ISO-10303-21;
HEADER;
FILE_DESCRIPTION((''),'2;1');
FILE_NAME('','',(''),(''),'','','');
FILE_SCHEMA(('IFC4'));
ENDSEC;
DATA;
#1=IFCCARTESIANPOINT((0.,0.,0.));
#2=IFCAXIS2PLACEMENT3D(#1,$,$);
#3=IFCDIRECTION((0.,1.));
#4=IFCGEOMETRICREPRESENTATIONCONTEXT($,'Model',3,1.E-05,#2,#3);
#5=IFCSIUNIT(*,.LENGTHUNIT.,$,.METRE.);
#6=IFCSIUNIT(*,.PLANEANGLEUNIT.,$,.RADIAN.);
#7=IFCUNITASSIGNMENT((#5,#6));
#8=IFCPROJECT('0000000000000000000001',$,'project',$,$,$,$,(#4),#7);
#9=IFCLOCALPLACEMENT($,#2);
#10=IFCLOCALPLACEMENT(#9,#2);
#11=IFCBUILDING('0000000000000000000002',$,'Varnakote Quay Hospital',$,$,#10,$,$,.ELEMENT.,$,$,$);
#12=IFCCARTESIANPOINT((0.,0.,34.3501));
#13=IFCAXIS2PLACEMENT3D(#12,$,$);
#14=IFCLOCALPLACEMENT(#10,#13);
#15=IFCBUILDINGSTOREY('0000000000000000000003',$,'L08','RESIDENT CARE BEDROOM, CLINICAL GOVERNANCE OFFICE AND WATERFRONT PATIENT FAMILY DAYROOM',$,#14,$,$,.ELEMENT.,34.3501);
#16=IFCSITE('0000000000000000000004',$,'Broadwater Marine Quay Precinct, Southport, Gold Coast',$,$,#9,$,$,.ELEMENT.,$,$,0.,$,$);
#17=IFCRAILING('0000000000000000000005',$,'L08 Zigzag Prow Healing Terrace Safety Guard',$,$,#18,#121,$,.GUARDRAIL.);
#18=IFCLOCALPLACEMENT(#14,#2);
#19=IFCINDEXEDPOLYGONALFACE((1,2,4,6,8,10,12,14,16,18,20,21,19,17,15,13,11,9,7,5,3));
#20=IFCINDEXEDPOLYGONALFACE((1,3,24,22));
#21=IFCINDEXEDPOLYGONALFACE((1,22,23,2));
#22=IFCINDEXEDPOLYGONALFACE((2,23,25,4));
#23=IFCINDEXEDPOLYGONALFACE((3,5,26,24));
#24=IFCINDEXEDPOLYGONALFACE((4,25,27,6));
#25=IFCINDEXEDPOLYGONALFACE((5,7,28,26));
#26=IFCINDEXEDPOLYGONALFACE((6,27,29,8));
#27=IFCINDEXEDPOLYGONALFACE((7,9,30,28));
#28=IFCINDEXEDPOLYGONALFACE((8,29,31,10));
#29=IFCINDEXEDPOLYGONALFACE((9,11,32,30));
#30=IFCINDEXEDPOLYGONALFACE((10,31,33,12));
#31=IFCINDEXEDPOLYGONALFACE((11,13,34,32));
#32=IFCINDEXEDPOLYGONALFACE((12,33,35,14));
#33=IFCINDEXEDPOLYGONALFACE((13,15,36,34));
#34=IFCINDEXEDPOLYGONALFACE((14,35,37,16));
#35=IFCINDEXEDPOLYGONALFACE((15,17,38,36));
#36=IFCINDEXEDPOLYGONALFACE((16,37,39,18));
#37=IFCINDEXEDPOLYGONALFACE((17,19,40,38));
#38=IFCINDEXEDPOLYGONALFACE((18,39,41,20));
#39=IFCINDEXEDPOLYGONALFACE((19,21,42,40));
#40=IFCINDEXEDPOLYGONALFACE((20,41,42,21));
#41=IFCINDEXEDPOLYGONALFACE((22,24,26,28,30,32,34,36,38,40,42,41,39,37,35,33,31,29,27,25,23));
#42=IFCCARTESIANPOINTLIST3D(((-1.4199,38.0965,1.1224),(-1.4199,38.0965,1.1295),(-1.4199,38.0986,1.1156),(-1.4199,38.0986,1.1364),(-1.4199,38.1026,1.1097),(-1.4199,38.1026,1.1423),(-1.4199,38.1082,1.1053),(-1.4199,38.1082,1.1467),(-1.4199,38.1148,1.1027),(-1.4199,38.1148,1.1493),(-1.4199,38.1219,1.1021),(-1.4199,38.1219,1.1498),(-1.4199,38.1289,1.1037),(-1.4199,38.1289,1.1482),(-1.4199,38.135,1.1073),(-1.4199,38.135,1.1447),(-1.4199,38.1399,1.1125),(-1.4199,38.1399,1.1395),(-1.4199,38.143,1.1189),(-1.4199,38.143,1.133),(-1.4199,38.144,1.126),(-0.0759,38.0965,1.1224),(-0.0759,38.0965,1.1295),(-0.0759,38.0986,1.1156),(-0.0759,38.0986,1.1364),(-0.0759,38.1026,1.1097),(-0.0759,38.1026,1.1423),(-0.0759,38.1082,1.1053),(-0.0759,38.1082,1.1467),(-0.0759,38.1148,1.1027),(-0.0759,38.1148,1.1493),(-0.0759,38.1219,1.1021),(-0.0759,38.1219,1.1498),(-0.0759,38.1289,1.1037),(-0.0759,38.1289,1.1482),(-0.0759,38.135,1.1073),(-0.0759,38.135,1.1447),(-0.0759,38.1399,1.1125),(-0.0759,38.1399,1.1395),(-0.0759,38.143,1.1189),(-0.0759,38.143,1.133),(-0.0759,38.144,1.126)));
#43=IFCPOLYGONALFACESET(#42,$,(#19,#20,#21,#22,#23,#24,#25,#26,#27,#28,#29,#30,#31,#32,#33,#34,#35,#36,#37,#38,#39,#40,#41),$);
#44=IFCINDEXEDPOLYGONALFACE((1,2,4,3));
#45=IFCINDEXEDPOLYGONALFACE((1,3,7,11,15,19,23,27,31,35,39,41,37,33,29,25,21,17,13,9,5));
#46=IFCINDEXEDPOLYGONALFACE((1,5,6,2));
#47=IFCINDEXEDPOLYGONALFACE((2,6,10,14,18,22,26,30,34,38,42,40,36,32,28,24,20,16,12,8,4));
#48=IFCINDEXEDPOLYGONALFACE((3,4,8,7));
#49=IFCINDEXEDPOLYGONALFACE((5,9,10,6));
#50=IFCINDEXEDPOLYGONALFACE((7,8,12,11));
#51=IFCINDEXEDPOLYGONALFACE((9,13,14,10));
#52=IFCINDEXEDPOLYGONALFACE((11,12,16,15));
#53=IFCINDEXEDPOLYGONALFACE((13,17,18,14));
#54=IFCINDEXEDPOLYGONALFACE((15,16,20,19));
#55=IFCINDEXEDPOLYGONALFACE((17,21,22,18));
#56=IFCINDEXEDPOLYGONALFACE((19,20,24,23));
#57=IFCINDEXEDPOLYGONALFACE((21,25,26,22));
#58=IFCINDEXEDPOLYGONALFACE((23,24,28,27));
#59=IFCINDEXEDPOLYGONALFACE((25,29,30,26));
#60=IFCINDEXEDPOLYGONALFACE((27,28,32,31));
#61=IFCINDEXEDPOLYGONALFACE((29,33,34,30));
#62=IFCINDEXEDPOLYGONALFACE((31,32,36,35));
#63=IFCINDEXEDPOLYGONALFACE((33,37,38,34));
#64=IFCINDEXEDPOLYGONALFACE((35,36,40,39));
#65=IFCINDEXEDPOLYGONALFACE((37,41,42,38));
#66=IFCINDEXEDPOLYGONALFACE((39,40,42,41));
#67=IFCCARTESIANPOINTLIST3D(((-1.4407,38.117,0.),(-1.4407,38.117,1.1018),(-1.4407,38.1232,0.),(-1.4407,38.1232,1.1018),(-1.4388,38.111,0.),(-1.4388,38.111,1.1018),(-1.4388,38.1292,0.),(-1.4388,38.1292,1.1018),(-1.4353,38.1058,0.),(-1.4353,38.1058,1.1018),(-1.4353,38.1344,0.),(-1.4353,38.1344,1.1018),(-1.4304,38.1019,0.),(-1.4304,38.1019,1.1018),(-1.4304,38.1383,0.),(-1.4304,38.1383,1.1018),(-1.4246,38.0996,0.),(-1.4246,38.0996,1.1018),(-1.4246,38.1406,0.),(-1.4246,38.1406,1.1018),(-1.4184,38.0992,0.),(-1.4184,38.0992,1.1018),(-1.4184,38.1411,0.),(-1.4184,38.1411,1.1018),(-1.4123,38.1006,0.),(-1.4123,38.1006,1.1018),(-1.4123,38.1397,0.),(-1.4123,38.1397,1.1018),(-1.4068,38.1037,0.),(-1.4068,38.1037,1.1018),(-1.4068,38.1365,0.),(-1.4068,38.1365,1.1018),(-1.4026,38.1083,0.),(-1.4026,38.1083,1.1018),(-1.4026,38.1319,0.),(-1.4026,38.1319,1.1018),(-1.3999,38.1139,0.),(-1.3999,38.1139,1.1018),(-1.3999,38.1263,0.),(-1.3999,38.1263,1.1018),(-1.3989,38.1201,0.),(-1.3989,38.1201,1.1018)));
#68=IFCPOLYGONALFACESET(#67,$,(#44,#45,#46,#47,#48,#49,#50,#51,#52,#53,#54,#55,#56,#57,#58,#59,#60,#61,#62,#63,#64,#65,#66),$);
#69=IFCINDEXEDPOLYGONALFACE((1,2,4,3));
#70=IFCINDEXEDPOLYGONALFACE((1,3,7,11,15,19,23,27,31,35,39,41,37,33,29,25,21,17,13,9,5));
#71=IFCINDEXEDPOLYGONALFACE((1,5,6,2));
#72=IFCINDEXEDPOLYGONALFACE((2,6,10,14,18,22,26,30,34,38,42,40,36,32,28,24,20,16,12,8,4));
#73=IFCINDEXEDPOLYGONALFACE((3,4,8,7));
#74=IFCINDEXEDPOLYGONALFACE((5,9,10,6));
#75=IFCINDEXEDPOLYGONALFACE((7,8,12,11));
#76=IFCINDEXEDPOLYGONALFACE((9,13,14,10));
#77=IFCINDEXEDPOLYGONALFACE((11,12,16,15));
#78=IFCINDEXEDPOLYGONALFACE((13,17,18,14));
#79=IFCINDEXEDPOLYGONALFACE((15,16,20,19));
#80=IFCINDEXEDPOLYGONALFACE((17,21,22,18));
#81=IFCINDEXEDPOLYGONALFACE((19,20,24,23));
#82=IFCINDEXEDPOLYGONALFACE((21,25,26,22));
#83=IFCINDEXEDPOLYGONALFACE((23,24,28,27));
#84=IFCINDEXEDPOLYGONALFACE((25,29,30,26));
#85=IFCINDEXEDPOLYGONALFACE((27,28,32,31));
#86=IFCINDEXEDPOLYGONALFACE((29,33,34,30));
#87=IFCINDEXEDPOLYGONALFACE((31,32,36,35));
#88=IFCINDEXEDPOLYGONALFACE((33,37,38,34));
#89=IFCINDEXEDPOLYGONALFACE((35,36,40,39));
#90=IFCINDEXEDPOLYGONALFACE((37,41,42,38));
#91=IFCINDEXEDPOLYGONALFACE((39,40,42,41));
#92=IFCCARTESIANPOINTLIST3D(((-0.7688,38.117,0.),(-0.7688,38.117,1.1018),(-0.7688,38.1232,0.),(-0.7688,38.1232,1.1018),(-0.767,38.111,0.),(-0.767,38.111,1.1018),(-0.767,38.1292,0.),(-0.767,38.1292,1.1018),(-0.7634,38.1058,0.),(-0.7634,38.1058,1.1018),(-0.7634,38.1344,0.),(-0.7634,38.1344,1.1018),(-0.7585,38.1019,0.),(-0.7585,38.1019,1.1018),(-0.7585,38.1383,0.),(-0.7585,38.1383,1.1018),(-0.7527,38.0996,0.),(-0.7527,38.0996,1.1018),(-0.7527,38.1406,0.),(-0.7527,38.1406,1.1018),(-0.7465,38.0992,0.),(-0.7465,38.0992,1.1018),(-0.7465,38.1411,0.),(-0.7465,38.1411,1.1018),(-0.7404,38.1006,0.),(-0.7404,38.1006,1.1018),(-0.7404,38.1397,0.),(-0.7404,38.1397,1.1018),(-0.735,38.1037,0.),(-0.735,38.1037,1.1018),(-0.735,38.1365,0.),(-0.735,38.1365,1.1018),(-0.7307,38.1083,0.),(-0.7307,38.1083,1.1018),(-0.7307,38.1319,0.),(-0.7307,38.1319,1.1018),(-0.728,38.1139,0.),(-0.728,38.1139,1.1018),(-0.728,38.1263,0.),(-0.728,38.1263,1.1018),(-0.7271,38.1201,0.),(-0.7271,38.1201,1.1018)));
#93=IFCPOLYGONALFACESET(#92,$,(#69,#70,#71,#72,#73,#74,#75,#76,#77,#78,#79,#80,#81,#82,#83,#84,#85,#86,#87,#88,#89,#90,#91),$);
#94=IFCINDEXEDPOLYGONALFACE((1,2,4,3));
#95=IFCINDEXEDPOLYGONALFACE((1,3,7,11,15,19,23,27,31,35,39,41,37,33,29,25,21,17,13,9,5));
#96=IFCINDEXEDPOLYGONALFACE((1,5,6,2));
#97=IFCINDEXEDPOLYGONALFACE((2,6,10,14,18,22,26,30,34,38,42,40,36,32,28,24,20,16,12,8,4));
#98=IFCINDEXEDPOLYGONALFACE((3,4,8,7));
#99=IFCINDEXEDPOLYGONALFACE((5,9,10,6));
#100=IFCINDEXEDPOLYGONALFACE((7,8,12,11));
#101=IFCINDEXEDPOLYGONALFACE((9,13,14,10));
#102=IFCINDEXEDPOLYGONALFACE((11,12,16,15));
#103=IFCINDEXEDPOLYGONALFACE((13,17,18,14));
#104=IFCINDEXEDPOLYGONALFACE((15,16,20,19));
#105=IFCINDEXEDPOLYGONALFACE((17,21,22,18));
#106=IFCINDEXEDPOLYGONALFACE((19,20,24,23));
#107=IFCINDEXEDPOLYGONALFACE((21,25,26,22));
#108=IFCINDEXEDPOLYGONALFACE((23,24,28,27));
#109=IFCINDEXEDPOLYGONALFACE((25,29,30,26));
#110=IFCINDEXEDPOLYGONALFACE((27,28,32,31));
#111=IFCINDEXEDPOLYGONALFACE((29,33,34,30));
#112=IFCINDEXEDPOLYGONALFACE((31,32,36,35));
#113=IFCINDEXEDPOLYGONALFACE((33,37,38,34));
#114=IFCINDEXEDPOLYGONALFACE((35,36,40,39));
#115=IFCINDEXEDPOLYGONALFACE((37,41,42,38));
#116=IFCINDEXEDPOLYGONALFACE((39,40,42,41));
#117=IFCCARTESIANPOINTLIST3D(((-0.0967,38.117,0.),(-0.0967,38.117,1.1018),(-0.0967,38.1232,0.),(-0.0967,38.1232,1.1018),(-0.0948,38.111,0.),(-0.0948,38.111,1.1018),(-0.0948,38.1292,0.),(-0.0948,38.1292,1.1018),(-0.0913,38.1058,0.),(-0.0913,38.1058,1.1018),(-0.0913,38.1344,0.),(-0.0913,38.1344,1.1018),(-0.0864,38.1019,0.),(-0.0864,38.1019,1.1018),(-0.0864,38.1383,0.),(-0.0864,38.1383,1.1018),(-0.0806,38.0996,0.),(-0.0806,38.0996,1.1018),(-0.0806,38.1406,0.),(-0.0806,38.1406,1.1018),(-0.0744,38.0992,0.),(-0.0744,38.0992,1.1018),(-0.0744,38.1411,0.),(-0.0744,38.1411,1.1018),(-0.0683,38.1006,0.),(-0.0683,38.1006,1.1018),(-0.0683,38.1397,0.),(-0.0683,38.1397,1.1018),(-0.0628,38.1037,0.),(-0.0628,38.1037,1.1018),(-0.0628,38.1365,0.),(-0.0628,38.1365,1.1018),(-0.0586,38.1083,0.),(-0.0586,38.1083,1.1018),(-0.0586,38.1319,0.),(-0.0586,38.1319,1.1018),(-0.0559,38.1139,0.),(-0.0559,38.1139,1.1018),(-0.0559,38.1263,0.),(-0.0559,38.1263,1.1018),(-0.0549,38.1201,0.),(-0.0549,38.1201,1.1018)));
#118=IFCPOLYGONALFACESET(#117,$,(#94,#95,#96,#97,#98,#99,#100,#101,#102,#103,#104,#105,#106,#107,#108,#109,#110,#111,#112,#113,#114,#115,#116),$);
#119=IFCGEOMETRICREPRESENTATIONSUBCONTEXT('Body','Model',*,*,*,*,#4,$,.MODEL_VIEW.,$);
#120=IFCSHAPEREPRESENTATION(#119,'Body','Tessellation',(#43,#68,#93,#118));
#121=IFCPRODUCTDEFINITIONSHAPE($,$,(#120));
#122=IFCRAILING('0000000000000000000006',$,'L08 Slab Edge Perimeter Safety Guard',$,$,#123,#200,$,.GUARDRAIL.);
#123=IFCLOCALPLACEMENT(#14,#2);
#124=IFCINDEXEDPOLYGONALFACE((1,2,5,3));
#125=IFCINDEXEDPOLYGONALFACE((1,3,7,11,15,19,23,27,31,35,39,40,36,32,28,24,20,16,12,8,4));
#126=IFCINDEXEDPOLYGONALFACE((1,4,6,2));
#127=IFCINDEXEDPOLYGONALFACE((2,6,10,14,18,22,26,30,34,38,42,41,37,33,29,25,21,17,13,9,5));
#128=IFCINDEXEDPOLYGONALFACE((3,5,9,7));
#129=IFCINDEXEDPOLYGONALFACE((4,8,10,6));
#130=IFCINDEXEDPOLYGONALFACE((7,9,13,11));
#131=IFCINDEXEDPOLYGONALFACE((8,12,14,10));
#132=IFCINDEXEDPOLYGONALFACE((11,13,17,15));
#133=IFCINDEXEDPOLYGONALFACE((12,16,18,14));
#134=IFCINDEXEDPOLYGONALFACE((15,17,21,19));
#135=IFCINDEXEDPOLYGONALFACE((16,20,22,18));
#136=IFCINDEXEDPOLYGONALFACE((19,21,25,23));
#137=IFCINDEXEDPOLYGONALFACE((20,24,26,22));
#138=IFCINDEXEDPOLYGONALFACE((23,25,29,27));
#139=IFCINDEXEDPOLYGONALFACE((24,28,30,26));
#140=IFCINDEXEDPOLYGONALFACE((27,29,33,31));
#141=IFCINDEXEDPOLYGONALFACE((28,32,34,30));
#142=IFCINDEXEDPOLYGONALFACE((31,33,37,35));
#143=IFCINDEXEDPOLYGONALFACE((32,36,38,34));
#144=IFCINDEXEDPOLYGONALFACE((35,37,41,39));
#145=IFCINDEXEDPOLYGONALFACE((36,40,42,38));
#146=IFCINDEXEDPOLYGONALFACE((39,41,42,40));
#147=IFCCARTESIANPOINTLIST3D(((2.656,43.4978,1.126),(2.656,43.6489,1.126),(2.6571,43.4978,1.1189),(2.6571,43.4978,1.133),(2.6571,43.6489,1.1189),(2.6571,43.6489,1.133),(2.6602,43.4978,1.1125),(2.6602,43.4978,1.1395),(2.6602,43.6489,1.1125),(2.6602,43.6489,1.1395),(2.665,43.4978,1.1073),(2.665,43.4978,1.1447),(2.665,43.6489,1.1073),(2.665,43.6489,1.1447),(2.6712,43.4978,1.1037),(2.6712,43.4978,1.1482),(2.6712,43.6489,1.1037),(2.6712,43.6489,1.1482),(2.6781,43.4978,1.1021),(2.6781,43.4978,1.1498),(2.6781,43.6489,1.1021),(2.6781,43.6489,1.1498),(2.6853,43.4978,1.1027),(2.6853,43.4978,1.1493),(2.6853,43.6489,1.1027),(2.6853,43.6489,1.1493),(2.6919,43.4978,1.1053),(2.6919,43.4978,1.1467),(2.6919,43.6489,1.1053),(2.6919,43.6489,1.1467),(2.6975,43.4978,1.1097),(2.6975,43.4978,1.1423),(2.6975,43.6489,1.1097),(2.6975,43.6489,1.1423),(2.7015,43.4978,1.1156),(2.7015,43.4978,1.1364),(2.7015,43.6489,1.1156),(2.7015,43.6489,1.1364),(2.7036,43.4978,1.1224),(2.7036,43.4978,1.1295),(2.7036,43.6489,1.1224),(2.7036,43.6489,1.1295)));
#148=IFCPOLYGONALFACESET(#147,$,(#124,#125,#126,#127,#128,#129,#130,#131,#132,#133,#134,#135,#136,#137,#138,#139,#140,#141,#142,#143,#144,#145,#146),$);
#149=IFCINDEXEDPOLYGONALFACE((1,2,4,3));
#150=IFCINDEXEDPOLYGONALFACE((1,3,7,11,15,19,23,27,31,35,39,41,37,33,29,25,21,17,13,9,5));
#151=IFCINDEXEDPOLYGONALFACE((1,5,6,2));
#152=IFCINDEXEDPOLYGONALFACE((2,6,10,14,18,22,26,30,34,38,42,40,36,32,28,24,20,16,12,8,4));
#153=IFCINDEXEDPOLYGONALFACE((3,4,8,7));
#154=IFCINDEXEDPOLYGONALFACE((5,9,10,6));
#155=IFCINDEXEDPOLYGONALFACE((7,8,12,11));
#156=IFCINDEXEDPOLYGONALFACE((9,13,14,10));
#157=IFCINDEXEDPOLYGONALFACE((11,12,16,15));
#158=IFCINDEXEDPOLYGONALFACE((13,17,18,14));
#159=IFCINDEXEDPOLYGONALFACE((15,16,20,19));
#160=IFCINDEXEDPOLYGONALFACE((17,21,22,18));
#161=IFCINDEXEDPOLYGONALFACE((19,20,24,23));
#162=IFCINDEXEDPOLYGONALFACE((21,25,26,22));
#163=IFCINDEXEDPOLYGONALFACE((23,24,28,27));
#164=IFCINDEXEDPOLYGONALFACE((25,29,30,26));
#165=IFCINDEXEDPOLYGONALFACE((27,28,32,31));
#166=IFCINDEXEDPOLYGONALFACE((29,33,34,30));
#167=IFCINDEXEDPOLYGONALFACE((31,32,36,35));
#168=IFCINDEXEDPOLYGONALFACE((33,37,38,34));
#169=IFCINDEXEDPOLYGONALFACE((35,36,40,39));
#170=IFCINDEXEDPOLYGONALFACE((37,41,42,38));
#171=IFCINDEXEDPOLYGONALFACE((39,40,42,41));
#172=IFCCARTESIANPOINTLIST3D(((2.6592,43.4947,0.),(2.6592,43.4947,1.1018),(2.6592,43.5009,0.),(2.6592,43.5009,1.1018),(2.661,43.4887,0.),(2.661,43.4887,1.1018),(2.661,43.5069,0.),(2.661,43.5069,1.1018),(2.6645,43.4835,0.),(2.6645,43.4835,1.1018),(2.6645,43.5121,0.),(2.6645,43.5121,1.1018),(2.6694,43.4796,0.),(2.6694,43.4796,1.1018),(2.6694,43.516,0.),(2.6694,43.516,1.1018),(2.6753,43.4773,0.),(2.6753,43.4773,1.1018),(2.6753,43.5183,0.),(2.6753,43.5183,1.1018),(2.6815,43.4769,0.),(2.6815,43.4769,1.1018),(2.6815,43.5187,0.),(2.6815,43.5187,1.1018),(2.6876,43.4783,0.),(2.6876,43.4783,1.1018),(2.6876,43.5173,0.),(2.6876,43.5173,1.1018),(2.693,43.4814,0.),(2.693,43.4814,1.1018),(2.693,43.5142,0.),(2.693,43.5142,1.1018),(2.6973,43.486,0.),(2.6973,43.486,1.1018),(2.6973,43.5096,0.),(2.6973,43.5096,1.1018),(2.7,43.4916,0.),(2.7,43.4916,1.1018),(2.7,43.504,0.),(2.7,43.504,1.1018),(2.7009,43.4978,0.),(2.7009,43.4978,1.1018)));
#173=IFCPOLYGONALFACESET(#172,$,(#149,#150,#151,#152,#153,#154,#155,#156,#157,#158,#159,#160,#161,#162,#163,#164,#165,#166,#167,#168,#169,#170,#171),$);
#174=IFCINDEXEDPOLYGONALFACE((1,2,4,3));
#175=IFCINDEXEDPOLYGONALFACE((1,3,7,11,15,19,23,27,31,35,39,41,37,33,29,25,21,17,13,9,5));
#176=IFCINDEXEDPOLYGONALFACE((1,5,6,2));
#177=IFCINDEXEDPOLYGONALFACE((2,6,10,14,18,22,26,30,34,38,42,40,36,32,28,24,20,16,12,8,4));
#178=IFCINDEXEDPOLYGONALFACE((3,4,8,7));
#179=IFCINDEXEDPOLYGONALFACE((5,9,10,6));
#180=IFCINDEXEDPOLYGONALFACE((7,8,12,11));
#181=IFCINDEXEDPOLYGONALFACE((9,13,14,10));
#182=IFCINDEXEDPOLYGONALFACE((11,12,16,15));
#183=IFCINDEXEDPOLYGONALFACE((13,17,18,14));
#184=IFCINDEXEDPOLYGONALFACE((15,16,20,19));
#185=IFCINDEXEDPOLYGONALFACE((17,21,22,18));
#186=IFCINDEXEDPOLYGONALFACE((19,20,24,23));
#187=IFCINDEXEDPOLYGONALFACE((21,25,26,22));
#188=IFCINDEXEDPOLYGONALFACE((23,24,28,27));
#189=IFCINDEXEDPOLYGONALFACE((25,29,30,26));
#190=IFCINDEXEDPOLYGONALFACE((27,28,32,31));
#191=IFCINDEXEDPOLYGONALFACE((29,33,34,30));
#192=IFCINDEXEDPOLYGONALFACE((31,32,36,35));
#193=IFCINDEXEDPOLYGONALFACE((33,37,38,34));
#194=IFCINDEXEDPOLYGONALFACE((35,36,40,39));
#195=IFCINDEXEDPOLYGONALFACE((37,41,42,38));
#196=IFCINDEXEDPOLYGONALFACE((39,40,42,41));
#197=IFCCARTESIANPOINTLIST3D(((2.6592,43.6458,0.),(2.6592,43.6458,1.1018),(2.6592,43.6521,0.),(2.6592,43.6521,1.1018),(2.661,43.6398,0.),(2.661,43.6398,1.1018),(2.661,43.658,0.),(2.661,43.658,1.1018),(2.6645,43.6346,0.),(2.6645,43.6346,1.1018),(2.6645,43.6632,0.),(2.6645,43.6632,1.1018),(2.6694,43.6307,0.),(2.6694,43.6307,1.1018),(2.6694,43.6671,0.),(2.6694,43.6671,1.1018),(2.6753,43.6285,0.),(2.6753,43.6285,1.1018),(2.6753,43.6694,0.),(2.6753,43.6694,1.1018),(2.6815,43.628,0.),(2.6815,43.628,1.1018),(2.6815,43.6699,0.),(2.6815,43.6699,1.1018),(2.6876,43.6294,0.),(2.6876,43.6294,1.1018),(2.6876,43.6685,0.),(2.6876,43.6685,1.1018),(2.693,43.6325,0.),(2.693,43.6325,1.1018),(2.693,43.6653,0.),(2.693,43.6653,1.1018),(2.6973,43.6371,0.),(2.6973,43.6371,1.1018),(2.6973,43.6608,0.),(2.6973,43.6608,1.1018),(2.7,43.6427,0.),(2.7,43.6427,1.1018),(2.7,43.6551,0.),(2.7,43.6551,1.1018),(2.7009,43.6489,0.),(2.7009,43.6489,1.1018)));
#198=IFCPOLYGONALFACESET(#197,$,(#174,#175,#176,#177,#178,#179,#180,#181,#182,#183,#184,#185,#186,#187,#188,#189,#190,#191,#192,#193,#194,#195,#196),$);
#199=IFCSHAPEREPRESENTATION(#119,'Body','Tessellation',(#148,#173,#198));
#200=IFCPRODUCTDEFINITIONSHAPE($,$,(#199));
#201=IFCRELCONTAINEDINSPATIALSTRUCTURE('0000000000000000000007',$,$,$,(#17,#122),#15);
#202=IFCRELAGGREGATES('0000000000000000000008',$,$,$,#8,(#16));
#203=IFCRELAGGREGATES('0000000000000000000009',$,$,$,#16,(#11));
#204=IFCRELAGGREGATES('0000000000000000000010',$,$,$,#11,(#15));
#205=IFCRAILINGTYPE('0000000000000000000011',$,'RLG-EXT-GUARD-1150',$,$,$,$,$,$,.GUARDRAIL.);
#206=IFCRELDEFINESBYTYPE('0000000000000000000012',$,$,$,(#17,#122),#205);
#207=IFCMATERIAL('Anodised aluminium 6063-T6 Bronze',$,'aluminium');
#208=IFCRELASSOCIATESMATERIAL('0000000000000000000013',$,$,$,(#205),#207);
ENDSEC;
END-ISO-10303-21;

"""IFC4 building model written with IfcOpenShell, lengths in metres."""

from ifc_helpers import new_model, si_unit, direction, frame, origin, origin_2d, place, context, subcontext, project, spatial, circle, extrude, material, type_object, element, save


model = new_model("IFC4")

# Units and contexts
model_context = context("Model", 3, precision=1e-05, world=origin(), true_north=direction((0.0, 1.0)))
body_context = subcontext(model_context, "Body", "Model", "MODEL_VIEW")
ifc_project = project(units=[si_unit("LENGTHUNIT", "METRE"), si_unit("PLANEANGLEUNIT", "RADIAN")], contexts=[model_context])

# Site, building, storey
site_placement = place(None, origin())
site = spatial("IfcSite", under=ifc_project, at=site_placement, Name="Broadwater Marine Quay Precinct, Southport, Gold Coast", CompositionType="ELEMENT", RefElevation=0.0)
building_placement = place(site_placement, origin())
building = spatial("IfcBuilding", under=site, at=building_placement, Name="Varnakote Quay Hospital", CompositionType="ELEMENT")
storey_placement = place(building_placement, frame((0.0, 0.0, 34.3501)))
storey = spatial("IfcBuildingStorey", under=building, at=storey_placement, Name="L08", Description="RESIDENT CARE BEDROOM, CLINICAL GOVERNANCE OFFICE AND WATERFRONT PATIENT FAMILY DAYROOM", CompositionType="ELEMENT", Elevation=34.3501)

# Railings
ifc_material_1 = material(Name="Anodised aluminium 6063-T6 Bronze", Category="aluminium")
railing_type = type_object("IfcRailingType", Name="RLG-EXT-GUARD-1150", PredefinedType="GUARDRAIL", material=ifc_material_1)
railing_1_placement = place(storey_placement, frame((-1.4199, 38.1201, 0.0)))
element("IfcRailing", 1, at=railing_1_placement, inside=storey, type_object=railing_type, Name="L08 Zigzag Prow Healing Terrace Safety Guard", PredefinedType="GUARDRAIL", context=body_context, shape_type="SweptSolid", body=[
    extrude(circle(Radius=0.0239, at=origin_2d()), frame((0.0, 0.0, 1.126), z_axis=(1.0, 0.0, 0.0), x_axis=(0.0, 1.0, 0.0)), (0.0, 0.0, 1.0), 1.344),
    extrude(circle(Radius=0.021, at=origin_2d()), origin(), (0.0, 0.0, 1.0), 1.1018),
    extrude(circle(Radius=0.021, at=origin_2d()), frame((0.6719, 0.0, 0.0)), (0.0, 0.0, 1.0), 1.1018),
    extrude(circle(Radius=0.021, at=origin_2d()), frame((1.344, 0.0, 0.0)), (0.0, 0.0, 1.0), 1.1018),
])
railing_2_placement = place(storey_placement, frame((2.6799, 43.4978, 0.0)))
element("IfcRailing", 2, at=railing_2_placement, inside=storey, type_object=railing_type, Name="L08 Slab Edge Perimeter Safety Guard", PredefinedType="GUARDRAIL", context=body_context, shape_type="SweptSolid", body=[
    extrude(circle(Radius=0.0239, at=origin_2d()), frame((0.0, 0.0, 1.126), z_axis=(0.0, 1.0, 0.0), x_axis=(-1.0, 0.0, 0.0)), (0.0, 0.0, 1.0), 0.1511),
    extrude(circle(Radius=0.021, at=origin_2d()), origin(), (0.0, 0.0, 1.0), 1.1018),
    extrude(circle(Radius=0.021, at=origin_2d()), frame((0.0, 0.1511, 0.0)), (0.0, 0.0, 1.0), 1.1018),
])

save(model, "model.ifc")
